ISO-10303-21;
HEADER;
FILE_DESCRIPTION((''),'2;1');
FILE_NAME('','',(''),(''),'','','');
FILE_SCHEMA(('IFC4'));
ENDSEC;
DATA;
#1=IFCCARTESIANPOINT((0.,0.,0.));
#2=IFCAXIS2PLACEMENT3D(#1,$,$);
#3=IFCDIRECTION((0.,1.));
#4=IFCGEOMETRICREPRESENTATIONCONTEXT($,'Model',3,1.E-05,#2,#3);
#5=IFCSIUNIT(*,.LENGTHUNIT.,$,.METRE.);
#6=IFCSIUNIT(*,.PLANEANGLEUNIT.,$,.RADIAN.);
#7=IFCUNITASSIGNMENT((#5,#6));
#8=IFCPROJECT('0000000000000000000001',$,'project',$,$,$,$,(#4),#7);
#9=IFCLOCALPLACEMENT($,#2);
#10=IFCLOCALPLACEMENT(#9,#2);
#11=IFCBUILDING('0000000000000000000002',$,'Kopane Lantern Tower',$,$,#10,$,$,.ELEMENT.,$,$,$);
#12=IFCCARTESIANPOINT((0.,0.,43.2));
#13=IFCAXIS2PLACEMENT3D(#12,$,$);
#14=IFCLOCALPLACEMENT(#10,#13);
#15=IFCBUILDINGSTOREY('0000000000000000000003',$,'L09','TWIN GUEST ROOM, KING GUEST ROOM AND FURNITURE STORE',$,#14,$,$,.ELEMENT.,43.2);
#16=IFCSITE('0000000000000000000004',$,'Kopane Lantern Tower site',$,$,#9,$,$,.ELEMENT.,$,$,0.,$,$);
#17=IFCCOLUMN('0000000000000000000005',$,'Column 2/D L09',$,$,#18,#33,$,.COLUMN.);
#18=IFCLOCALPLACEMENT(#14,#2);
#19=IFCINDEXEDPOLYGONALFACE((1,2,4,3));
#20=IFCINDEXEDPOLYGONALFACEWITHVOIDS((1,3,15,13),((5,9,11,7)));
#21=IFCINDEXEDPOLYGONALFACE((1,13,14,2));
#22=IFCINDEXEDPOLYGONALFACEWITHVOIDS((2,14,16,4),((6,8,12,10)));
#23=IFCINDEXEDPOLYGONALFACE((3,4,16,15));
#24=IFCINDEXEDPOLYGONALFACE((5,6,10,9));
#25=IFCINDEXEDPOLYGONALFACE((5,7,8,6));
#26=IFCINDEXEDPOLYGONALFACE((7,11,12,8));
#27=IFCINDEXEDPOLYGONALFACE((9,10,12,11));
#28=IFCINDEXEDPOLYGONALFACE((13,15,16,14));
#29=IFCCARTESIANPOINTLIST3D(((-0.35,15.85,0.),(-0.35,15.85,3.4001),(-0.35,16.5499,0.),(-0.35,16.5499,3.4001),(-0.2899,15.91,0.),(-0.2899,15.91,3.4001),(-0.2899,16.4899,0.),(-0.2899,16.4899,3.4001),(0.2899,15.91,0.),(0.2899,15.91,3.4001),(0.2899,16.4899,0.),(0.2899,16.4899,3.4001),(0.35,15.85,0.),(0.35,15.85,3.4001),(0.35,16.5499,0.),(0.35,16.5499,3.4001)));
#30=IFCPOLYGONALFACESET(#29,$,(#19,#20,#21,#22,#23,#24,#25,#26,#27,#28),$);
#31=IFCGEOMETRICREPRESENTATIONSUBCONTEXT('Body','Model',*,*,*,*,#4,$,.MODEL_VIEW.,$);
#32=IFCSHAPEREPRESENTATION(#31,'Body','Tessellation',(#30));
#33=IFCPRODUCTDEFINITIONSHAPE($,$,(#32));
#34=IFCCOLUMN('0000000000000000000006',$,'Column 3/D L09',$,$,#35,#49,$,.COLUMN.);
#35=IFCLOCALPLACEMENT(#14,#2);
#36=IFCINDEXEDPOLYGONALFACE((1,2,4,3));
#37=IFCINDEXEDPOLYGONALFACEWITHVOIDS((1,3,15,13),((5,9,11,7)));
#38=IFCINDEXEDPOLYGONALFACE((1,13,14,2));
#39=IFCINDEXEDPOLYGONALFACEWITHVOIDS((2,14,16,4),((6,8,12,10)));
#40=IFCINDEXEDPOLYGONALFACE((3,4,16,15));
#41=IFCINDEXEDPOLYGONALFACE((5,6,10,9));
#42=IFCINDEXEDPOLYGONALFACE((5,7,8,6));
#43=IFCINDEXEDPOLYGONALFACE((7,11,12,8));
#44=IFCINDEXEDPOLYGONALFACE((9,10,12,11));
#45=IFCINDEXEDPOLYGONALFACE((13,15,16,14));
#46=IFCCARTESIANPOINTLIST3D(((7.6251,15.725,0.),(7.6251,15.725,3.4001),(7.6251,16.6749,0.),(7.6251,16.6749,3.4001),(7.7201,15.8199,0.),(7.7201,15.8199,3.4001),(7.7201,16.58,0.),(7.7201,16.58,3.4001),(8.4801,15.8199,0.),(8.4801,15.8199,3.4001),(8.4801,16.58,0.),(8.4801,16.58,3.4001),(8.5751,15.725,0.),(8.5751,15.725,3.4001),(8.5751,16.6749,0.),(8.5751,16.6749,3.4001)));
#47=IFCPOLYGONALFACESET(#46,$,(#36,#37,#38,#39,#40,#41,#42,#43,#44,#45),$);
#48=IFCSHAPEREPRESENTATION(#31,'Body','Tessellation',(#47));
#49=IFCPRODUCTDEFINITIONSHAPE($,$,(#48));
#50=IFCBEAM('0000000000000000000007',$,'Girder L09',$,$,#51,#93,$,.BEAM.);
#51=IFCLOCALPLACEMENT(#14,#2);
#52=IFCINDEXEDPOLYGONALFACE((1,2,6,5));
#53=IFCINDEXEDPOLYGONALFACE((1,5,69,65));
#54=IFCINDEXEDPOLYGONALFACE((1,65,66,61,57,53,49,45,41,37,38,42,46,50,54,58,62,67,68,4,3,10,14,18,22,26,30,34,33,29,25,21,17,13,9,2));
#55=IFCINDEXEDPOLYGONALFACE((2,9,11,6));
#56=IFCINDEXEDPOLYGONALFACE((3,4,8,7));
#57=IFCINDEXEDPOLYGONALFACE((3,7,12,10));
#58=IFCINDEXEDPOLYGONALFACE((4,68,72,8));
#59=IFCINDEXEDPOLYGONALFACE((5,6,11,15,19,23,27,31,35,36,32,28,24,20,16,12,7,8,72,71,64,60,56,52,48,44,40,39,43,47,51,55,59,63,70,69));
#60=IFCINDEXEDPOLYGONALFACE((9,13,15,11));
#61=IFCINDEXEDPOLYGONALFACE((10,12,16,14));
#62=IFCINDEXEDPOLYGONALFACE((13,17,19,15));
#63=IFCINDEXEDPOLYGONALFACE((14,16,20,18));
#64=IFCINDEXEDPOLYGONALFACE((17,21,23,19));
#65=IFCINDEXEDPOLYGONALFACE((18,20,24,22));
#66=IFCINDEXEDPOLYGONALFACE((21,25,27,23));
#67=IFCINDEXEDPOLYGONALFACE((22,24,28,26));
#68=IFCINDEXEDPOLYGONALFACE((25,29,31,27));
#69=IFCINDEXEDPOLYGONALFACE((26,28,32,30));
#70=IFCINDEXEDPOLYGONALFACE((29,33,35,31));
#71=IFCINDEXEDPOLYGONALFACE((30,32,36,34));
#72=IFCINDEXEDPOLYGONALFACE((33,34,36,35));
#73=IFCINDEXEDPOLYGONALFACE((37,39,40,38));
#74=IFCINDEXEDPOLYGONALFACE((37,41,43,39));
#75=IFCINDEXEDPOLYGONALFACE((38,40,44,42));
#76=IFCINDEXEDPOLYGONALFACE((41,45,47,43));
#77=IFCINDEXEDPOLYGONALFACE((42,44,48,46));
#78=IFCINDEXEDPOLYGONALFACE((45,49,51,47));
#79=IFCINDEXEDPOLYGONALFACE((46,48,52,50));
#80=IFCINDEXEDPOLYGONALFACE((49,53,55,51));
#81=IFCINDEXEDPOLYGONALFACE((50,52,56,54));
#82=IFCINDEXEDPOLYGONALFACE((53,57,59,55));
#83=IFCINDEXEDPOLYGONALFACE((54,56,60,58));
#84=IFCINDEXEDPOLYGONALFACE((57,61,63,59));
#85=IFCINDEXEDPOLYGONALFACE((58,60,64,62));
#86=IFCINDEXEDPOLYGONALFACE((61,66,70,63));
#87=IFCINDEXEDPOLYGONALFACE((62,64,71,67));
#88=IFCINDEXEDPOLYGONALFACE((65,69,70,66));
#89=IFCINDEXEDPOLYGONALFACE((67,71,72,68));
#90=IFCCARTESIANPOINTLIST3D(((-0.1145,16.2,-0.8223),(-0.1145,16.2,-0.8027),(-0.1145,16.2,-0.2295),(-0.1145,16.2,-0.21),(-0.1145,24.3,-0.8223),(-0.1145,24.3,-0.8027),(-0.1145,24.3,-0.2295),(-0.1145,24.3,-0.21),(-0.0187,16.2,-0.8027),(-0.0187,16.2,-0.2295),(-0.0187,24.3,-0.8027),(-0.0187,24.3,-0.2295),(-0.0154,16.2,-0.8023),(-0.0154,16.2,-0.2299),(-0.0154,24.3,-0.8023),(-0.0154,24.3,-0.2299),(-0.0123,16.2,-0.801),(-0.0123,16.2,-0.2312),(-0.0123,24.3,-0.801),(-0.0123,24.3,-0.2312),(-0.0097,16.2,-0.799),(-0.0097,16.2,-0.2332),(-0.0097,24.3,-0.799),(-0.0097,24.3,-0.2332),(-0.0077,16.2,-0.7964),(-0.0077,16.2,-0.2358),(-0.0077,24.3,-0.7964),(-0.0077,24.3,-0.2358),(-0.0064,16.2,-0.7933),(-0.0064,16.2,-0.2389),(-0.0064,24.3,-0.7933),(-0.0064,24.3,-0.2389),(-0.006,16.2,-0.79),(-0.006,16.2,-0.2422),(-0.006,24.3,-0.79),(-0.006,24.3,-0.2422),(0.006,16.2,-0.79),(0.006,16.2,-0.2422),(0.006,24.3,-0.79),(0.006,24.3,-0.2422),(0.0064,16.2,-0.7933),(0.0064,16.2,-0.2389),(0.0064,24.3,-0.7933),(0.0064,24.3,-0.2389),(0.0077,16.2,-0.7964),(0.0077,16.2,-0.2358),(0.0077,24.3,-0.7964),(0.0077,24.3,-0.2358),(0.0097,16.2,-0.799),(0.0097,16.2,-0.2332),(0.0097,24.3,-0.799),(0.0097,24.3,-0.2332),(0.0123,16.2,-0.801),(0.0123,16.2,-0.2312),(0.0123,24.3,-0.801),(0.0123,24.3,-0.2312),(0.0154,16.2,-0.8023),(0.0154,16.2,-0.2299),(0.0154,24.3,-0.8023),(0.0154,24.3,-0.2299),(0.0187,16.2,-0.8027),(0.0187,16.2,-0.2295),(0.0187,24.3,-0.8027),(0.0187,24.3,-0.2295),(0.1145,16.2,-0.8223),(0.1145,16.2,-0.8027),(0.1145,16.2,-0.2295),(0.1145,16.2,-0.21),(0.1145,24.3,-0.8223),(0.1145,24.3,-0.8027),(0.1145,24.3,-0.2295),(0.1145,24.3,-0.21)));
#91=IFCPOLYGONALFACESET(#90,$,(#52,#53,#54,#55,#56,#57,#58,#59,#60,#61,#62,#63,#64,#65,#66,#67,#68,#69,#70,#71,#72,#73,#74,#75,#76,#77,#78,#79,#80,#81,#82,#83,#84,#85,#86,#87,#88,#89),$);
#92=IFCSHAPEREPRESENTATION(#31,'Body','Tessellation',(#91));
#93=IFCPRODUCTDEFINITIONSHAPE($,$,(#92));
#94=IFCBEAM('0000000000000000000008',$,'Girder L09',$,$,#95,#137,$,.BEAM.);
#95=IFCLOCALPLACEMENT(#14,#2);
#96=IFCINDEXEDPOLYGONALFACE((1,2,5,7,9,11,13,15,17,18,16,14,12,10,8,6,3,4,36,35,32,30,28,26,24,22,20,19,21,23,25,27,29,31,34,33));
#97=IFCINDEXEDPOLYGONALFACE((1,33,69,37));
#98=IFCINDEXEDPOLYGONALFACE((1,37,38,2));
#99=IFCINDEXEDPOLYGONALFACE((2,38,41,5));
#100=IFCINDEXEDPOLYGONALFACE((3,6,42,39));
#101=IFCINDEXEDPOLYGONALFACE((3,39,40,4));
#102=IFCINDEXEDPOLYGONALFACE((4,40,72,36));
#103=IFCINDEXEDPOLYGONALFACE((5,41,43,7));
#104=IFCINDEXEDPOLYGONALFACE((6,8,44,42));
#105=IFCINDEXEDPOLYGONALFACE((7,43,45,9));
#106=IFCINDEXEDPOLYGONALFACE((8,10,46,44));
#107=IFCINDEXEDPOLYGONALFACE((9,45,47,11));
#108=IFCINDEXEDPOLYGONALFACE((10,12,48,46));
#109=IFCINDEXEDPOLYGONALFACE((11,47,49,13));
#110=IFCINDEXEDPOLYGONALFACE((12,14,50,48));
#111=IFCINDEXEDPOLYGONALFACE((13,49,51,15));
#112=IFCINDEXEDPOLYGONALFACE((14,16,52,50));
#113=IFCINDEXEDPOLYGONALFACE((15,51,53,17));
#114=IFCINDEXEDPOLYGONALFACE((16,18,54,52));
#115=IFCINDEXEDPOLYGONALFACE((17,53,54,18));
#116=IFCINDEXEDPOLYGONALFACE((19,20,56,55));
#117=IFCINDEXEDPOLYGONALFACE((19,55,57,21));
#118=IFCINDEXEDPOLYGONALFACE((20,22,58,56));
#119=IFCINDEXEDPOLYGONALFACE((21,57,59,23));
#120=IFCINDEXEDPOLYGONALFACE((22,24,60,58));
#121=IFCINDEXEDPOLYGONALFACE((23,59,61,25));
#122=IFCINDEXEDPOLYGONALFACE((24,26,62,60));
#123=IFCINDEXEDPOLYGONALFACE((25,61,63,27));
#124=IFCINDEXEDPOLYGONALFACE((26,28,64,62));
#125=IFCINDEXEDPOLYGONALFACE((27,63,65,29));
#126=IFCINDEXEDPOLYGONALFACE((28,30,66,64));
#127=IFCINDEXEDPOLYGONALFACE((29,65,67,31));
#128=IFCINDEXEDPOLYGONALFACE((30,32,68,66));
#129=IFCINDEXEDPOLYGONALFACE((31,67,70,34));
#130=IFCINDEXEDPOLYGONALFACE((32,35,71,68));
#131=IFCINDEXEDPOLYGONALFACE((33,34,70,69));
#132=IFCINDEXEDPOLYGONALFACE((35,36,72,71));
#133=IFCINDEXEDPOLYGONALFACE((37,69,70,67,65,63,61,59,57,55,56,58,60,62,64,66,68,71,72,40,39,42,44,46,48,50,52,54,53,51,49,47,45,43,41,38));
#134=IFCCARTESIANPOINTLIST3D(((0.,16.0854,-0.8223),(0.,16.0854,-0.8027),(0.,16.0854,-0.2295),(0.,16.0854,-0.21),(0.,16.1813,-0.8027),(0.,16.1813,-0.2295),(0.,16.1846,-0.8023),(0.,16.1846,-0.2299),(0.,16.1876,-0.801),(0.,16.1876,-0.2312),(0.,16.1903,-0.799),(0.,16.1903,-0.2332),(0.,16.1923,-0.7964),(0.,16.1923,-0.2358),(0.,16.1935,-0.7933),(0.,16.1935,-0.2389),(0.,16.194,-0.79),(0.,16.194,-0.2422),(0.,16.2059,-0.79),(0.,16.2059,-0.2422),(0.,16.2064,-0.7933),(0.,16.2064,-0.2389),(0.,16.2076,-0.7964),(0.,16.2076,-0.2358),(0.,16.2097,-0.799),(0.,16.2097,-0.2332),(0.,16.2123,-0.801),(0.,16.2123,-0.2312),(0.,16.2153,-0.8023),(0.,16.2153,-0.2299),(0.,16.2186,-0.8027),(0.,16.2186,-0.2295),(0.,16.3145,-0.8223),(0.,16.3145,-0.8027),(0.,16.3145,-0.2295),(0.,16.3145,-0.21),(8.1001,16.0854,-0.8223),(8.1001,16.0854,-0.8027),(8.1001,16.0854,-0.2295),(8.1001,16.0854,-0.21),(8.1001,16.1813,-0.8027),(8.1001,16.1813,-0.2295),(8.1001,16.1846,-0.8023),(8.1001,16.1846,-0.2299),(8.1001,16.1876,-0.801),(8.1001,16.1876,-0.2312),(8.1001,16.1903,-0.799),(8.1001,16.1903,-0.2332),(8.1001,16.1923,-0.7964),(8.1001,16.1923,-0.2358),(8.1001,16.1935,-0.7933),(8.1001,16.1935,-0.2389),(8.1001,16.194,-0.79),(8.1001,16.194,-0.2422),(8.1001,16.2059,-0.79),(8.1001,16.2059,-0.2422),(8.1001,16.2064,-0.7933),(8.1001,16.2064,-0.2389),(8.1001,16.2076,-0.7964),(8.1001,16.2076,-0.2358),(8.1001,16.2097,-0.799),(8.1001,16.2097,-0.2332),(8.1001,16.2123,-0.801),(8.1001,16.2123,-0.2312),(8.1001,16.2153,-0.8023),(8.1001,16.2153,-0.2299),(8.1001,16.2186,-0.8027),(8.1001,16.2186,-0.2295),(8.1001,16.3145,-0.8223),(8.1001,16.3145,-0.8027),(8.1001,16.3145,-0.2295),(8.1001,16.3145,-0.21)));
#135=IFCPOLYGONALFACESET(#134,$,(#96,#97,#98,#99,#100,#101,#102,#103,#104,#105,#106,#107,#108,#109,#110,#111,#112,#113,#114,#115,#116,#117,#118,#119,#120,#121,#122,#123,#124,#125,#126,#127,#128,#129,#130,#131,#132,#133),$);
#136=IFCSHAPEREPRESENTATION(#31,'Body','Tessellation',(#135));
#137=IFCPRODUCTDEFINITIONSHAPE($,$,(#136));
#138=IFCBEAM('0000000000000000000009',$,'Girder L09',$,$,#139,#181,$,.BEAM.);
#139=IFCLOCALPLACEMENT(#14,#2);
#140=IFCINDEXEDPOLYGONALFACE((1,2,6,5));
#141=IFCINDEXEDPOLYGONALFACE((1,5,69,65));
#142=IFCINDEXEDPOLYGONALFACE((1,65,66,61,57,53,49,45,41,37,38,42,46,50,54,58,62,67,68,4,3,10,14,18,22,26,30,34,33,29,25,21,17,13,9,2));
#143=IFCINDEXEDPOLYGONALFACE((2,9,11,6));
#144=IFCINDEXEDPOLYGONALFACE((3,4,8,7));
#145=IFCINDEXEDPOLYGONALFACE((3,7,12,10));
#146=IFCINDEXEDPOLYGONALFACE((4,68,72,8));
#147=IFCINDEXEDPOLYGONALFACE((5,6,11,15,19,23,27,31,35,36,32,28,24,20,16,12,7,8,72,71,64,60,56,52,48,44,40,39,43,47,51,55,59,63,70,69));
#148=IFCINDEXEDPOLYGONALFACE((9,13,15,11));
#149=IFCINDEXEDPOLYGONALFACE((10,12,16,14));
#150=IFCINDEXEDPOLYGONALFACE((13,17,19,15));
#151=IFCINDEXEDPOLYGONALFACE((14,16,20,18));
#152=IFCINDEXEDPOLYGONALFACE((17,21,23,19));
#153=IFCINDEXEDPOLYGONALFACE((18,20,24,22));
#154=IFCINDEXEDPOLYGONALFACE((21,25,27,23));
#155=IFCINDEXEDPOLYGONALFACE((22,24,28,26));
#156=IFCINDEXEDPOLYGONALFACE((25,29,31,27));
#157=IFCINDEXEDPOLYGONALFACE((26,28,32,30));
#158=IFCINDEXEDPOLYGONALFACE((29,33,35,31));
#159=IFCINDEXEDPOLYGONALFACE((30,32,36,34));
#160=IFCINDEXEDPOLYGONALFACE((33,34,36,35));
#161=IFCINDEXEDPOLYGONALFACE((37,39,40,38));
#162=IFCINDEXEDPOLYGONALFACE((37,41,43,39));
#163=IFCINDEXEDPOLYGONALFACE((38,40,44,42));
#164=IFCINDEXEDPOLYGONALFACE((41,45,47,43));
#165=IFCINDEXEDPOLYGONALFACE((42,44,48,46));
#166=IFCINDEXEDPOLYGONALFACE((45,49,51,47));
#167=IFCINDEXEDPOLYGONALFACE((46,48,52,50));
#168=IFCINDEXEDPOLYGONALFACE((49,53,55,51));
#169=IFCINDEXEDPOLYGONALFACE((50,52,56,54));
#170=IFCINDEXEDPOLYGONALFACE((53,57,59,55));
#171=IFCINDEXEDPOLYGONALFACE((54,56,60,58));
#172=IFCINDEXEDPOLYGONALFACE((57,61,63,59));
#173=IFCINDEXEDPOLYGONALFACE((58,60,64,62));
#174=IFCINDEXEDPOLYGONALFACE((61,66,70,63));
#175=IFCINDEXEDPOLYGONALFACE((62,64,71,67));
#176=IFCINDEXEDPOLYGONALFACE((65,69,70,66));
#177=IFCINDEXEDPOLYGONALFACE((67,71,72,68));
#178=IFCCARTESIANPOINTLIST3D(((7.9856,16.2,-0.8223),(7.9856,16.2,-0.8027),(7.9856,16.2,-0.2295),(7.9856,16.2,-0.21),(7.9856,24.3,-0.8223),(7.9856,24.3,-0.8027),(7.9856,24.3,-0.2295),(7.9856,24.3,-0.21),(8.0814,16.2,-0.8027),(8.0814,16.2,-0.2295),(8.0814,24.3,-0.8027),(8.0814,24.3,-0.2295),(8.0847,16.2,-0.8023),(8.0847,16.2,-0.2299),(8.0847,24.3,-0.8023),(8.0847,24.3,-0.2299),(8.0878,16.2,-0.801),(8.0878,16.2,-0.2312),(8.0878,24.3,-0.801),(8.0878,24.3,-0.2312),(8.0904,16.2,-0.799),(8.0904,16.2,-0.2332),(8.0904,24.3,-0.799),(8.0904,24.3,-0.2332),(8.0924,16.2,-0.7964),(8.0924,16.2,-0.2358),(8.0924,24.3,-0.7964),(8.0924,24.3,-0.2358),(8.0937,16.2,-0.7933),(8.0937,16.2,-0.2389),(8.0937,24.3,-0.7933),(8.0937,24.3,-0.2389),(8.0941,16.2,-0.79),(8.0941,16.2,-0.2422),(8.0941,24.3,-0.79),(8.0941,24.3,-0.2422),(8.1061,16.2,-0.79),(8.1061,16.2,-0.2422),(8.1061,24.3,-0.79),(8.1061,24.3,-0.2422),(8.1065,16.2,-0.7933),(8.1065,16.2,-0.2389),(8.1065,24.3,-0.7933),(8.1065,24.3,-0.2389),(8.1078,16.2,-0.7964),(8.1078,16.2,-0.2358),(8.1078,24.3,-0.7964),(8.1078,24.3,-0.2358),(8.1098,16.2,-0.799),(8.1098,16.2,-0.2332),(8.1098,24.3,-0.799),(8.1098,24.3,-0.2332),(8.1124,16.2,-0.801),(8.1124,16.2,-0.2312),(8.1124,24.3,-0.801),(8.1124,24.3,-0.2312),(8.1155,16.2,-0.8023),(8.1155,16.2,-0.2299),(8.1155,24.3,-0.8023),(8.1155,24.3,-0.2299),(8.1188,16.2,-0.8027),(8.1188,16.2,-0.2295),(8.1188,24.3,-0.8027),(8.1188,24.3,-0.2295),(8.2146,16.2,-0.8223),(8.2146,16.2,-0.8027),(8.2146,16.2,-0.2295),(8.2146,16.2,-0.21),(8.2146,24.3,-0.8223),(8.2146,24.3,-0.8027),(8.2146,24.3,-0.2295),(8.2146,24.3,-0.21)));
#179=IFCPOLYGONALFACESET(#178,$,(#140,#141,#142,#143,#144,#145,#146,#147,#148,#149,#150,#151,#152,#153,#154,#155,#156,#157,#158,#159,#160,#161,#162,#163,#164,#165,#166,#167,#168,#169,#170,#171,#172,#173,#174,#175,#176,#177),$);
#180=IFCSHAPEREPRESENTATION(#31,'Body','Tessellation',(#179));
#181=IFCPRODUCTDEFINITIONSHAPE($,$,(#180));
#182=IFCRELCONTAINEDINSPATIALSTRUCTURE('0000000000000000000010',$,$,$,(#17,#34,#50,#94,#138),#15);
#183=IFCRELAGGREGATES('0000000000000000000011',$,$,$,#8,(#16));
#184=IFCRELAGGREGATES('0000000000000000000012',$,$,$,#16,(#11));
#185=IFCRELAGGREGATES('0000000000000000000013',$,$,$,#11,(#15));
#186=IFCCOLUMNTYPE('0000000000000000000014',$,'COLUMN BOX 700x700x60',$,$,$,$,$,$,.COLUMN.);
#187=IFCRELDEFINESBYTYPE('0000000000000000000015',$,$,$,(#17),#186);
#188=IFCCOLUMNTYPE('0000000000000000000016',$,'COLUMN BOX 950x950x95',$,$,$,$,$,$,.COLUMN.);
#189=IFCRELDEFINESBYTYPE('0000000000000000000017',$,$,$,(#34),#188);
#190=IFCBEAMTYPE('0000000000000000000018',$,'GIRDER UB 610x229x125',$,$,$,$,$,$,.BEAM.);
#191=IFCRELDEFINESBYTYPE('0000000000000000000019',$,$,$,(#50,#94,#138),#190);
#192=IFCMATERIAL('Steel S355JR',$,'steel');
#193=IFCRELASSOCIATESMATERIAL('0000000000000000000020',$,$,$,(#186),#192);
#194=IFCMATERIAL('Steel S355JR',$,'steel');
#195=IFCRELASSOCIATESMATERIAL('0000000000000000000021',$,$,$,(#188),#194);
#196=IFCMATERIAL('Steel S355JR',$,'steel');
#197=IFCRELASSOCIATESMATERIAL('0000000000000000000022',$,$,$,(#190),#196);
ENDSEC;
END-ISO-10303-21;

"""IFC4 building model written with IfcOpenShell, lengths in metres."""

from ifc_helpers import new_model, si_unit, direction, frame, origin, origin_2d, place, context, subcontext, project, spatial, hollow_rectangle, i_section, extrude, material, material_profile, profile_set, type_object, element, save


model = new_model("IFC4")

# Units and contexts
model_context = context("Model", 3, precision=1e-05, world=origin(), true_north=direction((0.0, 1.0)))
body_context = subcontext(model_context, "Body", "Model", "MODEL_VIEW")
ifc_project = project(units=[si_unit("LENGTHUNIT", "METRE"), si_unit("PLANEANGLEUNIT", "RADIAN")], contexts=[model_context])

# Site, building, storey
site_placement = place(None, origin())
site = spatial("IfcSite", under=ifc_project, at=site_placement, Name="Kopane Lantern Tower site", CompositionType="ELEMENT", RefElevation=0.0)
building_placement = place(site_placement, origin())
building = spatial("IfcBuilding", under=site, at=building_placement, Name="Kopane Lantern Tower", CompositionType="ELEMENT")
storey_placement = place(building_placement, frame((0.0, 0.0, 43.2)))
storey = spatial("IfcBuildingStorey", under=building, at=storey_placement, Name="L09", Description="TWIN GUEST ROOM, KING GUEST ROOM AND FURNITURE STORE", CompositionType="ELEMENT", Elevation=43.2)

# Columns
ifc_material_1 = material(Name="Steel S355JR", Category="steel")
ifc_material_profile_1 = material_profile(ifc_material_1, hollow_rectangle(XDim=0.7, YDim=0.7, WallThickness=0.0601, at=origin_2d()), Name="BOX 700x700x60")
ifc_profile_set_1 = profile_set([ifc_material_profile_1], Name="Steel S355JR")
column_type_1 = type_object("IfcColumnType", Name="COLUMN BOX 700x700x60", PredefinedType="COLUMN", material=ifc_profile_set_1)
column_1_placement = place(storey_placement, frame((0.0, 16.2, 0.0), z_axis=(0.0, 0.0, 1.0), x_axis=(1.0, 0.0, 0.0)))
element("IfcColumn", 1, at=column_1_placement, inside=storey, type_object=column_type_1, Name="Column 2/D L09", PredefinedType="COLUMN", context=body_context, shape_type="SweptSolid", body=[
    extrude(hollow_rectangle(XDim=0.7, YDim=0.7, WallThickness=0.0601, at=origin_2d()), origin(), (0.0, 0.0, 1.0), 3.4001),
])
ifc_material_2 = material(Name="Steel S355JR", Category="steel")
ifc_material_profile_2 = material_profile(ifc_material_2, hollow_rectangle(XDim=0.95, YDim=0.95, WallThickness=0.095, at=origin_2d()), Name="BOX 950x950x95")
ifc_profile_set_2 = profile_set([ifc_material_profile_2], Name="Steel S355JR")
column_type_2 = type_object("IfcColumnType", Name="COLUMN BOX 950x950x95", PredefinedType="COLUMN", material=ifc_profile_set_2)
column_2_placement = place(storey_placement, frame((8.1001, 16.2, 0.0), z_axis=(0.0, 0.0, 1.0), x_axis=(1.0, 0.0, 0.0)))
element("IfcColumn", 2, at=column_2_placement, inside=storey, type_object=column_type_2, Name="Column 3/D L09", PredefinedType="COLUMN", context=body_context, shape_type="SweptSolid", body=[
    extrude(hollow_rectangle(XDim=0.95, YDim=0.95, WallThickness=0.095, at=origin_2d()), origin(), (0.0, 0.0, 1.0), 3.4001),
])

# Beams
ifc_material_3 = material(Name="Steel S355JR", Category="steel")
ifc_material_profile_3 = material_profile(ifc_material_3, i_section(OverallWidth=0.229, OverallDepth=0.6123, WebThickness=0.012, FlangeThickness=0.0195, FilletRadius=0.0127, at=origin_2d()), Name="UB 610x229x125")
ifc_profile_set_3 = profile_set([ifc_material_profile_3], Name="Steel S355JR")
beam_type = type_object("IfcBeamType", Name="GIRDER UB 610x229x125", PredefinedType="BEAM", material=ifc_profile_set_3)
for number, where, z_axis, x_axis, name in (
    (3, (0.0, 16.2, -0.5161), (0.0, 1.0, 0.0), (-1.0, 0.0, 0.0), "Girder L09"),
    (4, (0.0, 16.2, -0.5161), (1.0, 0.0, 0.0), (0.0, 1.0, 0.0), "Girder L09"),
    (5, (8.1001, 16.2, -0.5161), (0.0, 1.0, 0.0), (-1.0, 0.0, 0.0), "Girder L09"),
):
    element("IfcBeam", number, at=place(storey_placement, frame(where, z_axis=z_axis, x_axis=x_axis)), inside=storey, type_object=beam_type, Name=name, PredefinedType="BEAM", context=body_context, shape_type="SweptSolid", body=[
        extrude(i_section(OverallWidth=0.229, OverallDepth=0.6123, WebThickness=0.012, FlangeThickness=0.0195, FilletRadius=0.0127, at=origin_2d()), origin(), (0.0, 0.0, 1.0), 8.1001),
    ])

save(model, "model.ifc")
